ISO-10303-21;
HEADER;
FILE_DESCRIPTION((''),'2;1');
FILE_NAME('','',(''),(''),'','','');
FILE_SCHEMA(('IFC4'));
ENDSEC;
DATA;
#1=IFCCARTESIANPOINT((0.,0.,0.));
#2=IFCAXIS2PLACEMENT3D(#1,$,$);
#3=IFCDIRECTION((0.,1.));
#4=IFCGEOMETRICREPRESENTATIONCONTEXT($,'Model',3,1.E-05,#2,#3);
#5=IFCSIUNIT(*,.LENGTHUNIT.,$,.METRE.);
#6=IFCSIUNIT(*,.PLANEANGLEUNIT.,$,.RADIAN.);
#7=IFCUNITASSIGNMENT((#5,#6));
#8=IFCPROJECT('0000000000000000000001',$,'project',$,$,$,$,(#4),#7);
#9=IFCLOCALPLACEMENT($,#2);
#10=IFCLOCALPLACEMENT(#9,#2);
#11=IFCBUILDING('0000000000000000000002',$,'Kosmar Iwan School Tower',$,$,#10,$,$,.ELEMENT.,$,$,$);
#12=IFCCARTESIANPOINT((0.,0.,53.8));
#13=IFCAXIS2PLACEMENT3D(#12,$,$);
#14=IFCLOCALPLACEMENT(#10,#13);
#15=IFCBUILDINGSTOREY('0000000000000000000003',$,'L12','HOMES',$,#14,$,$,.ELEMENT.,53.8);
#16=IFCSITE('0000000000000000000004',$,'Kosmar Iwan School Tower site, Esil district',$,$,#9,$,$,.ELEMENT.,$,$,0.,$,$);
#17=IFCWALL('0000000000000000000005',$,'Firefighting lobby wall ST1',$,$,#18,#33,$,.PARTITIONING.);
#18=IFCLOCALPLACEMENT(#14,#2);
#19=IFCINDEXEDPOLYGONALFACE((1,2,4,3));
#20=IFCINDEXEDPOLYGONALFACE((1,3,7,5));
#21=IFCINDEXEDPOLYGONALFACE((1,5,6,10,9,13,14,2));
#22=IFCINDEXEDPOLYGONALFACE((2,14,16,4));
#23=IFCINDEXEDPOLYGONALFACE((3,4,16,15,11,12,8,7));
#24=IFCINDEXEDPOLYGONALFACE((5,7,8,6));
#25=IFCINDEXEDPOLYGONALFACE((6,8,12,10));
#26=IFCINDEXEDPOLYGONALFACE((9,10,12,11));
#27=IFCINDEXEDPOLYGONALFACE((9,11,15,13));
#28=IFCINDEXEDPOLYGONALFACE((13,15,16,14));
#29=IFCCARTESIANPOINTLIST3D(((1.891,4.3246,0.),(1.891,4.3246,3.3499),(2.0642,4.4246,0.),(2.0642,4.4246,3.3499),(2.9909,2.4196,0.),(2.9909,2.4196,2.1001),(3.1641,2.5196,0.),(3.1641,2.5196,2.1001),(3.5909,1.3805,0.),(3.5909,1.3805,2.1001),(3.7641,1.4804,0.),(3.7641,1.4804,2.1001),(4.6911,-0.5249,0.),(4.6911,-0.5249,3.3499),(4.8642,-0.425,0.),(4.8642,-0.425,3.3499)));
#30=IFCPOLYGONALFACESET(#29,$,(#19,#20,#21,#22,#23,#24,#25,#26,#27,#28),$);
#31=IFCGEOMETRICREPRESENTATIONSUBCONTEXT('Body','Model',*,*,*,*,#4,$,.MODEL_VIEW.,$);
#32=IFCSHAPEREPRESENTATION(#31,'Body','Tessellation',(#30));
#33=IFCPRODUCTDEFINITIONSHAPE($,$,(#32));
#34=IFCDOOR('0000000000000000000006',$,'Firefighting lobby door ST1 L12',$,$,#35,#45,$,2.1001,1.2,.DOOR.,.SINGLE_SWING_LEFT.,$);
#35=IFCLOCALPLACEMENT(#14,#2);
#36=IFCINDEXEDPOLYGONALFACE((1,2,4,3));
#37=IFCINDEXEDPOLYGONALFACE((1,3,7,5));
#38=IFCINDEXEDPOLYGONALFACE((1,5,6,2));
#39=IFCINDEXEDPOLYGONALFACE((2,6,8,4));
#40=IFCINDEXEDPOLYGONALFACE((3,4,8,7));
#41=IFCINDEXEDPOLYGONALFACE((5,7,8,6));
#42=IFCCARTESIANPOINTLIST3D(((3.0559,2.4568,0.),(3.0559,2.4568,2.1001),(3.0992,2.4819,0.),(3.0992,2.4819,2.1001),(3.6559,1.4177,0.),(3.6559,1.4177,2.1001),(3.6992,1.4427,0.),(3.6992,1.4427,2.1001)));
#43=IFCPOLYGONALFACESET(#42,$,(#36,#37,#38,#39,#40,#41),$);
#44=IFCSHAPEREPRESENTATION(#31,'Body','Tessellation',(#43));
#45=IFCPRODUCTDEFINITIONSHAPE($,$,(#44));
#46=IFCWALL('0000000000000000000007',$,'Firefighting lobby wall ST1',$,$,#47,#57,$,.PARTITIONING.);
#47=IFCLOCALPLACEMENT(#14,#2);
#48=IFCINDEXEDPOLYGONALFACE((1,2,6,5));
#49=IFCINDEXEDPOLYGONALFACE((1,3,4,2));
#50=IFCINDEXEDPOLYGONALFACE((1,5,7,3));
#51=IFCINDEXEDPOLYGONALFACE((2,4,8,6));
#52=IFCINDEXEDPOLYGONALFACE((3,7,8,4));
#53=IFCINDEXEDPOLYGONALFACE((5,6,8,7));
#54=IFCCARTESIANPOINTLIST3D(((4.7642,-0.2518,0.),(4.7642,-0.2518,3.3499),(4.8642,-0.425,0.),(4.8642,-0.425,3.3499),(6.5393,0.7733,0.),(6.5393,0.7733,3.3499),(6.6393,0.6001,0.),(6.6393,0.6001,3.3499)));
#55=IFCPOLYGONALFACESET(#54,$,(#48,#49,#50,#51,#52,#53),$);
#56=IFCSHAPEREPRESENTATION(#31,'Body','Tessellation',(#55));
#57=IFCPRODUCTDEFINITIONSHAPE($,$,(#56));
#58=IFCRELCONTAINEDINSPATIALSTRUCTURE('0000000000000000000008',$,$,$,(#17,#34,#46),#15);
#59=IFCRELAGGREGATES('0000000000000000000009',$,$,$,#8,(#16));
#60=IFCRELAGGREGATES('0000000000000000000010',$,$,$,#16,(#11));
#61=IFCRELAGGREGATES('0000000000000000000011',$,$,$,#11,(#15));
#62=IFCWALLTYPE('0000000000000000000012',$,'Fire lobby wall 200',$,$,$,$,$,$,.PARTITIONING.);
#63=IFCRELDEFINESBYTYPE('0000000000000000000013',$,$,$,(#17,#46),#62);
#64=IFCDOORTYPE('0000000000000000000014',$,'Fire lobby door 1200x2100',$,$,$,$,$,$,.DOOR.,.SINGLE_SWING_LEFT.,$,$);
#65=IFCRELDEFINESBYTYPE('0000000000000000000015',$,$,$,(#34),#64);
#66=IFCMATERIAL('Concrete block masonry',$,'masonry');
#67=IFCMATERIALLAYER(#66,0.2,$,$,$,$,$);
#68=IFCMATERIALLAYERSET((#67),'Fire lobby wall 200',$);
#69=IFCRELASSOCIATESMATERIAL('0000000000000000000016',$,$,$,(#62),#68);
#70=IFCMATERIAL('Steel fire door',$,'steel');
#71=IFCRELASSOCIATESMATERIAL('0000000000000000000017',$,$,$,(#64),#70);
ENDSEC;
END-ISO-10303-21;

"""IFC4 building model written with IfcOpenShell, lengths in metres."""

from ifc_helpers import new_model, si_unit, direction, frame, frame_2d, origin, place, context, subcontext, project, spatial, rectangle, extrude, material, layer, layer_set, type_object, element, fill, save


model = new_model("IFC4")

# Units and contexts
model_context = context("Model", 3, precision=1e-05, world=origin(), true_north=direction((0.0, 1.0)))
body_context = subcontext(model_context, "Body", "Model", "MODEL_VIEW")
ifc_project = project(units=[si_unit("LENGTHUNIT", "METRE"), si_unit("PLANEANGLEUNIT", "RADIAN")], contexts=[model_context])

# Site, building, storey
site_placement = place(None, origin())
site = spatial("IfcSite", under=ifc_project, at=site_placement, Name="Kosmar Iwan School Tower site, Esil district", CompositionType="ELEMENT", RefElevation=0.0)
building_placement = place(site_placement, origin())
building = spatial("IfcBuilding", under=site, at=building_placement, Name="Kosmar Iwan School Tower", CompositionType="ELEMENT")
storey_placement = place(building_placement, frame((0.0, 0.0, 53.8)))
storey = spatial("IfcBuildingStorey", under=building, at=storey_placement, Name="L12", Description="HOMES", CompositionType="ELEMENT", Elevation=53.8)

# Wall, opening, door
ifc_material_1 = material(Name="Concrete block masonry", Category="masonry")
ifc_layer_1 = layer(ifc_material_1, 0.2)
ifc_layer_set_1 = layer_set([ifc_layer_1], Name="Fire lobby wall 200")
wall_type_1 = type_object("IfcWallType", Name="Fire lobby wall 200", PredefinedType="PARTITIONING", material=ifc_layer_set_1)
wall_1_placement = place(storey_placement, frame((4.7776, -0.4749, 0.0), z_axis=(0.0, 0.0, 1.0), x_axis=(-0.500017, 0.866016, 0.0)))
wall_1 = element("IfcWall", 1, at=wall_1_placement, inside=storey, type_object=wall_type_1, Name="Firefighting lobby wall ST1", PredefinedType="PARTITIONING", context=body_context, shape_type="SweptSolid", body=[
    extrude(rectangle(XDim=5.5999, YDim=0.2, at=frame_2d((2.7998, 0.0))), origin(), (0.0, 0.0, 1.0), 3.3499),
])
opening_placement = place(wall_1_placement, frame((2.2, 0.0, 0.0)))
opening = element("IfcOpeningElement", 2, at=opening_placement, cuts=wall_1, PredefinedType="OPENING", context=body_context, shape_type="SweptSolid", body=[
    extrude(rectangle(XDim=1.2, YDim=2.1001, at=frame_2d((0.6001, 1.05))), frame((0.0, 0.1121, 0.0), z_axis=(0.0, -1.0, 0.0), x_axis=(1.0, 0.0, 0.0)), (0.0, 0.0, 1.0), 0.2239),
])
ifc_material_2 = material(Name="Steel fire door", Category="steel")
door_type = type_object("IfcDoorType", Name="Fire lobby door 1200x2100", OperationType="SINGLE_SWING_LEFT", PredefinedType="DOOR", material=ifc_material_2)
door_placement = place(opening_placement, frame((1.2, 0.0, 0.0), z_axis=(0.0, 0.0, 1.0), x_axis=(-1.0, 0.0, 0.0)))
door = element("IfcDoor", 3, at=door_placement, inside=storey, type_object=door_type, Name="Firefighting lobby door ST1 L12", OperationType="SINGLE_SWING_LEFT", OverallHeight=2.1001, OverallWidth=1.2, PredefinedType="DOOR", context=body_context, shape_type="SweptSolid", body=[
    extrude(rectangle(XDim=1.2, YDim=2.1001, at=frame_2d((0.6001, 1.05))), frame((0.0, 0.0249, 0.0), z_axis=(0.0, -1.0, 0.0), x_axis=(1.0, 0.0, 0.0)), (0.0, 0.0, 1.0), 0.05),
])
fill(opening, door)

# Wall
wall_2_placement = place(storey_placement, frame((4.8142, -0.3384, 0.0), z_axis=(0.0, 0.0, 1.0), x_axis=(0.865969, 0.500097, 0.0)))
element("IfcWall", 4, at=wall_2_placement, inside=storey, type_object=wall_type_1, Name="Firefighting lobby wall ST1", PredefinedType="PARTITIONING", context=body_context, shape_type="SweptSolid", body=[
    extrude(rectangle(XDim=2.0498, YDim=0.2, at=frame_2d((1.0249, 0.0))), origin(), (0.0, 0.0, 1.0), 3.3499),
])

save(model, "model.ifc")
